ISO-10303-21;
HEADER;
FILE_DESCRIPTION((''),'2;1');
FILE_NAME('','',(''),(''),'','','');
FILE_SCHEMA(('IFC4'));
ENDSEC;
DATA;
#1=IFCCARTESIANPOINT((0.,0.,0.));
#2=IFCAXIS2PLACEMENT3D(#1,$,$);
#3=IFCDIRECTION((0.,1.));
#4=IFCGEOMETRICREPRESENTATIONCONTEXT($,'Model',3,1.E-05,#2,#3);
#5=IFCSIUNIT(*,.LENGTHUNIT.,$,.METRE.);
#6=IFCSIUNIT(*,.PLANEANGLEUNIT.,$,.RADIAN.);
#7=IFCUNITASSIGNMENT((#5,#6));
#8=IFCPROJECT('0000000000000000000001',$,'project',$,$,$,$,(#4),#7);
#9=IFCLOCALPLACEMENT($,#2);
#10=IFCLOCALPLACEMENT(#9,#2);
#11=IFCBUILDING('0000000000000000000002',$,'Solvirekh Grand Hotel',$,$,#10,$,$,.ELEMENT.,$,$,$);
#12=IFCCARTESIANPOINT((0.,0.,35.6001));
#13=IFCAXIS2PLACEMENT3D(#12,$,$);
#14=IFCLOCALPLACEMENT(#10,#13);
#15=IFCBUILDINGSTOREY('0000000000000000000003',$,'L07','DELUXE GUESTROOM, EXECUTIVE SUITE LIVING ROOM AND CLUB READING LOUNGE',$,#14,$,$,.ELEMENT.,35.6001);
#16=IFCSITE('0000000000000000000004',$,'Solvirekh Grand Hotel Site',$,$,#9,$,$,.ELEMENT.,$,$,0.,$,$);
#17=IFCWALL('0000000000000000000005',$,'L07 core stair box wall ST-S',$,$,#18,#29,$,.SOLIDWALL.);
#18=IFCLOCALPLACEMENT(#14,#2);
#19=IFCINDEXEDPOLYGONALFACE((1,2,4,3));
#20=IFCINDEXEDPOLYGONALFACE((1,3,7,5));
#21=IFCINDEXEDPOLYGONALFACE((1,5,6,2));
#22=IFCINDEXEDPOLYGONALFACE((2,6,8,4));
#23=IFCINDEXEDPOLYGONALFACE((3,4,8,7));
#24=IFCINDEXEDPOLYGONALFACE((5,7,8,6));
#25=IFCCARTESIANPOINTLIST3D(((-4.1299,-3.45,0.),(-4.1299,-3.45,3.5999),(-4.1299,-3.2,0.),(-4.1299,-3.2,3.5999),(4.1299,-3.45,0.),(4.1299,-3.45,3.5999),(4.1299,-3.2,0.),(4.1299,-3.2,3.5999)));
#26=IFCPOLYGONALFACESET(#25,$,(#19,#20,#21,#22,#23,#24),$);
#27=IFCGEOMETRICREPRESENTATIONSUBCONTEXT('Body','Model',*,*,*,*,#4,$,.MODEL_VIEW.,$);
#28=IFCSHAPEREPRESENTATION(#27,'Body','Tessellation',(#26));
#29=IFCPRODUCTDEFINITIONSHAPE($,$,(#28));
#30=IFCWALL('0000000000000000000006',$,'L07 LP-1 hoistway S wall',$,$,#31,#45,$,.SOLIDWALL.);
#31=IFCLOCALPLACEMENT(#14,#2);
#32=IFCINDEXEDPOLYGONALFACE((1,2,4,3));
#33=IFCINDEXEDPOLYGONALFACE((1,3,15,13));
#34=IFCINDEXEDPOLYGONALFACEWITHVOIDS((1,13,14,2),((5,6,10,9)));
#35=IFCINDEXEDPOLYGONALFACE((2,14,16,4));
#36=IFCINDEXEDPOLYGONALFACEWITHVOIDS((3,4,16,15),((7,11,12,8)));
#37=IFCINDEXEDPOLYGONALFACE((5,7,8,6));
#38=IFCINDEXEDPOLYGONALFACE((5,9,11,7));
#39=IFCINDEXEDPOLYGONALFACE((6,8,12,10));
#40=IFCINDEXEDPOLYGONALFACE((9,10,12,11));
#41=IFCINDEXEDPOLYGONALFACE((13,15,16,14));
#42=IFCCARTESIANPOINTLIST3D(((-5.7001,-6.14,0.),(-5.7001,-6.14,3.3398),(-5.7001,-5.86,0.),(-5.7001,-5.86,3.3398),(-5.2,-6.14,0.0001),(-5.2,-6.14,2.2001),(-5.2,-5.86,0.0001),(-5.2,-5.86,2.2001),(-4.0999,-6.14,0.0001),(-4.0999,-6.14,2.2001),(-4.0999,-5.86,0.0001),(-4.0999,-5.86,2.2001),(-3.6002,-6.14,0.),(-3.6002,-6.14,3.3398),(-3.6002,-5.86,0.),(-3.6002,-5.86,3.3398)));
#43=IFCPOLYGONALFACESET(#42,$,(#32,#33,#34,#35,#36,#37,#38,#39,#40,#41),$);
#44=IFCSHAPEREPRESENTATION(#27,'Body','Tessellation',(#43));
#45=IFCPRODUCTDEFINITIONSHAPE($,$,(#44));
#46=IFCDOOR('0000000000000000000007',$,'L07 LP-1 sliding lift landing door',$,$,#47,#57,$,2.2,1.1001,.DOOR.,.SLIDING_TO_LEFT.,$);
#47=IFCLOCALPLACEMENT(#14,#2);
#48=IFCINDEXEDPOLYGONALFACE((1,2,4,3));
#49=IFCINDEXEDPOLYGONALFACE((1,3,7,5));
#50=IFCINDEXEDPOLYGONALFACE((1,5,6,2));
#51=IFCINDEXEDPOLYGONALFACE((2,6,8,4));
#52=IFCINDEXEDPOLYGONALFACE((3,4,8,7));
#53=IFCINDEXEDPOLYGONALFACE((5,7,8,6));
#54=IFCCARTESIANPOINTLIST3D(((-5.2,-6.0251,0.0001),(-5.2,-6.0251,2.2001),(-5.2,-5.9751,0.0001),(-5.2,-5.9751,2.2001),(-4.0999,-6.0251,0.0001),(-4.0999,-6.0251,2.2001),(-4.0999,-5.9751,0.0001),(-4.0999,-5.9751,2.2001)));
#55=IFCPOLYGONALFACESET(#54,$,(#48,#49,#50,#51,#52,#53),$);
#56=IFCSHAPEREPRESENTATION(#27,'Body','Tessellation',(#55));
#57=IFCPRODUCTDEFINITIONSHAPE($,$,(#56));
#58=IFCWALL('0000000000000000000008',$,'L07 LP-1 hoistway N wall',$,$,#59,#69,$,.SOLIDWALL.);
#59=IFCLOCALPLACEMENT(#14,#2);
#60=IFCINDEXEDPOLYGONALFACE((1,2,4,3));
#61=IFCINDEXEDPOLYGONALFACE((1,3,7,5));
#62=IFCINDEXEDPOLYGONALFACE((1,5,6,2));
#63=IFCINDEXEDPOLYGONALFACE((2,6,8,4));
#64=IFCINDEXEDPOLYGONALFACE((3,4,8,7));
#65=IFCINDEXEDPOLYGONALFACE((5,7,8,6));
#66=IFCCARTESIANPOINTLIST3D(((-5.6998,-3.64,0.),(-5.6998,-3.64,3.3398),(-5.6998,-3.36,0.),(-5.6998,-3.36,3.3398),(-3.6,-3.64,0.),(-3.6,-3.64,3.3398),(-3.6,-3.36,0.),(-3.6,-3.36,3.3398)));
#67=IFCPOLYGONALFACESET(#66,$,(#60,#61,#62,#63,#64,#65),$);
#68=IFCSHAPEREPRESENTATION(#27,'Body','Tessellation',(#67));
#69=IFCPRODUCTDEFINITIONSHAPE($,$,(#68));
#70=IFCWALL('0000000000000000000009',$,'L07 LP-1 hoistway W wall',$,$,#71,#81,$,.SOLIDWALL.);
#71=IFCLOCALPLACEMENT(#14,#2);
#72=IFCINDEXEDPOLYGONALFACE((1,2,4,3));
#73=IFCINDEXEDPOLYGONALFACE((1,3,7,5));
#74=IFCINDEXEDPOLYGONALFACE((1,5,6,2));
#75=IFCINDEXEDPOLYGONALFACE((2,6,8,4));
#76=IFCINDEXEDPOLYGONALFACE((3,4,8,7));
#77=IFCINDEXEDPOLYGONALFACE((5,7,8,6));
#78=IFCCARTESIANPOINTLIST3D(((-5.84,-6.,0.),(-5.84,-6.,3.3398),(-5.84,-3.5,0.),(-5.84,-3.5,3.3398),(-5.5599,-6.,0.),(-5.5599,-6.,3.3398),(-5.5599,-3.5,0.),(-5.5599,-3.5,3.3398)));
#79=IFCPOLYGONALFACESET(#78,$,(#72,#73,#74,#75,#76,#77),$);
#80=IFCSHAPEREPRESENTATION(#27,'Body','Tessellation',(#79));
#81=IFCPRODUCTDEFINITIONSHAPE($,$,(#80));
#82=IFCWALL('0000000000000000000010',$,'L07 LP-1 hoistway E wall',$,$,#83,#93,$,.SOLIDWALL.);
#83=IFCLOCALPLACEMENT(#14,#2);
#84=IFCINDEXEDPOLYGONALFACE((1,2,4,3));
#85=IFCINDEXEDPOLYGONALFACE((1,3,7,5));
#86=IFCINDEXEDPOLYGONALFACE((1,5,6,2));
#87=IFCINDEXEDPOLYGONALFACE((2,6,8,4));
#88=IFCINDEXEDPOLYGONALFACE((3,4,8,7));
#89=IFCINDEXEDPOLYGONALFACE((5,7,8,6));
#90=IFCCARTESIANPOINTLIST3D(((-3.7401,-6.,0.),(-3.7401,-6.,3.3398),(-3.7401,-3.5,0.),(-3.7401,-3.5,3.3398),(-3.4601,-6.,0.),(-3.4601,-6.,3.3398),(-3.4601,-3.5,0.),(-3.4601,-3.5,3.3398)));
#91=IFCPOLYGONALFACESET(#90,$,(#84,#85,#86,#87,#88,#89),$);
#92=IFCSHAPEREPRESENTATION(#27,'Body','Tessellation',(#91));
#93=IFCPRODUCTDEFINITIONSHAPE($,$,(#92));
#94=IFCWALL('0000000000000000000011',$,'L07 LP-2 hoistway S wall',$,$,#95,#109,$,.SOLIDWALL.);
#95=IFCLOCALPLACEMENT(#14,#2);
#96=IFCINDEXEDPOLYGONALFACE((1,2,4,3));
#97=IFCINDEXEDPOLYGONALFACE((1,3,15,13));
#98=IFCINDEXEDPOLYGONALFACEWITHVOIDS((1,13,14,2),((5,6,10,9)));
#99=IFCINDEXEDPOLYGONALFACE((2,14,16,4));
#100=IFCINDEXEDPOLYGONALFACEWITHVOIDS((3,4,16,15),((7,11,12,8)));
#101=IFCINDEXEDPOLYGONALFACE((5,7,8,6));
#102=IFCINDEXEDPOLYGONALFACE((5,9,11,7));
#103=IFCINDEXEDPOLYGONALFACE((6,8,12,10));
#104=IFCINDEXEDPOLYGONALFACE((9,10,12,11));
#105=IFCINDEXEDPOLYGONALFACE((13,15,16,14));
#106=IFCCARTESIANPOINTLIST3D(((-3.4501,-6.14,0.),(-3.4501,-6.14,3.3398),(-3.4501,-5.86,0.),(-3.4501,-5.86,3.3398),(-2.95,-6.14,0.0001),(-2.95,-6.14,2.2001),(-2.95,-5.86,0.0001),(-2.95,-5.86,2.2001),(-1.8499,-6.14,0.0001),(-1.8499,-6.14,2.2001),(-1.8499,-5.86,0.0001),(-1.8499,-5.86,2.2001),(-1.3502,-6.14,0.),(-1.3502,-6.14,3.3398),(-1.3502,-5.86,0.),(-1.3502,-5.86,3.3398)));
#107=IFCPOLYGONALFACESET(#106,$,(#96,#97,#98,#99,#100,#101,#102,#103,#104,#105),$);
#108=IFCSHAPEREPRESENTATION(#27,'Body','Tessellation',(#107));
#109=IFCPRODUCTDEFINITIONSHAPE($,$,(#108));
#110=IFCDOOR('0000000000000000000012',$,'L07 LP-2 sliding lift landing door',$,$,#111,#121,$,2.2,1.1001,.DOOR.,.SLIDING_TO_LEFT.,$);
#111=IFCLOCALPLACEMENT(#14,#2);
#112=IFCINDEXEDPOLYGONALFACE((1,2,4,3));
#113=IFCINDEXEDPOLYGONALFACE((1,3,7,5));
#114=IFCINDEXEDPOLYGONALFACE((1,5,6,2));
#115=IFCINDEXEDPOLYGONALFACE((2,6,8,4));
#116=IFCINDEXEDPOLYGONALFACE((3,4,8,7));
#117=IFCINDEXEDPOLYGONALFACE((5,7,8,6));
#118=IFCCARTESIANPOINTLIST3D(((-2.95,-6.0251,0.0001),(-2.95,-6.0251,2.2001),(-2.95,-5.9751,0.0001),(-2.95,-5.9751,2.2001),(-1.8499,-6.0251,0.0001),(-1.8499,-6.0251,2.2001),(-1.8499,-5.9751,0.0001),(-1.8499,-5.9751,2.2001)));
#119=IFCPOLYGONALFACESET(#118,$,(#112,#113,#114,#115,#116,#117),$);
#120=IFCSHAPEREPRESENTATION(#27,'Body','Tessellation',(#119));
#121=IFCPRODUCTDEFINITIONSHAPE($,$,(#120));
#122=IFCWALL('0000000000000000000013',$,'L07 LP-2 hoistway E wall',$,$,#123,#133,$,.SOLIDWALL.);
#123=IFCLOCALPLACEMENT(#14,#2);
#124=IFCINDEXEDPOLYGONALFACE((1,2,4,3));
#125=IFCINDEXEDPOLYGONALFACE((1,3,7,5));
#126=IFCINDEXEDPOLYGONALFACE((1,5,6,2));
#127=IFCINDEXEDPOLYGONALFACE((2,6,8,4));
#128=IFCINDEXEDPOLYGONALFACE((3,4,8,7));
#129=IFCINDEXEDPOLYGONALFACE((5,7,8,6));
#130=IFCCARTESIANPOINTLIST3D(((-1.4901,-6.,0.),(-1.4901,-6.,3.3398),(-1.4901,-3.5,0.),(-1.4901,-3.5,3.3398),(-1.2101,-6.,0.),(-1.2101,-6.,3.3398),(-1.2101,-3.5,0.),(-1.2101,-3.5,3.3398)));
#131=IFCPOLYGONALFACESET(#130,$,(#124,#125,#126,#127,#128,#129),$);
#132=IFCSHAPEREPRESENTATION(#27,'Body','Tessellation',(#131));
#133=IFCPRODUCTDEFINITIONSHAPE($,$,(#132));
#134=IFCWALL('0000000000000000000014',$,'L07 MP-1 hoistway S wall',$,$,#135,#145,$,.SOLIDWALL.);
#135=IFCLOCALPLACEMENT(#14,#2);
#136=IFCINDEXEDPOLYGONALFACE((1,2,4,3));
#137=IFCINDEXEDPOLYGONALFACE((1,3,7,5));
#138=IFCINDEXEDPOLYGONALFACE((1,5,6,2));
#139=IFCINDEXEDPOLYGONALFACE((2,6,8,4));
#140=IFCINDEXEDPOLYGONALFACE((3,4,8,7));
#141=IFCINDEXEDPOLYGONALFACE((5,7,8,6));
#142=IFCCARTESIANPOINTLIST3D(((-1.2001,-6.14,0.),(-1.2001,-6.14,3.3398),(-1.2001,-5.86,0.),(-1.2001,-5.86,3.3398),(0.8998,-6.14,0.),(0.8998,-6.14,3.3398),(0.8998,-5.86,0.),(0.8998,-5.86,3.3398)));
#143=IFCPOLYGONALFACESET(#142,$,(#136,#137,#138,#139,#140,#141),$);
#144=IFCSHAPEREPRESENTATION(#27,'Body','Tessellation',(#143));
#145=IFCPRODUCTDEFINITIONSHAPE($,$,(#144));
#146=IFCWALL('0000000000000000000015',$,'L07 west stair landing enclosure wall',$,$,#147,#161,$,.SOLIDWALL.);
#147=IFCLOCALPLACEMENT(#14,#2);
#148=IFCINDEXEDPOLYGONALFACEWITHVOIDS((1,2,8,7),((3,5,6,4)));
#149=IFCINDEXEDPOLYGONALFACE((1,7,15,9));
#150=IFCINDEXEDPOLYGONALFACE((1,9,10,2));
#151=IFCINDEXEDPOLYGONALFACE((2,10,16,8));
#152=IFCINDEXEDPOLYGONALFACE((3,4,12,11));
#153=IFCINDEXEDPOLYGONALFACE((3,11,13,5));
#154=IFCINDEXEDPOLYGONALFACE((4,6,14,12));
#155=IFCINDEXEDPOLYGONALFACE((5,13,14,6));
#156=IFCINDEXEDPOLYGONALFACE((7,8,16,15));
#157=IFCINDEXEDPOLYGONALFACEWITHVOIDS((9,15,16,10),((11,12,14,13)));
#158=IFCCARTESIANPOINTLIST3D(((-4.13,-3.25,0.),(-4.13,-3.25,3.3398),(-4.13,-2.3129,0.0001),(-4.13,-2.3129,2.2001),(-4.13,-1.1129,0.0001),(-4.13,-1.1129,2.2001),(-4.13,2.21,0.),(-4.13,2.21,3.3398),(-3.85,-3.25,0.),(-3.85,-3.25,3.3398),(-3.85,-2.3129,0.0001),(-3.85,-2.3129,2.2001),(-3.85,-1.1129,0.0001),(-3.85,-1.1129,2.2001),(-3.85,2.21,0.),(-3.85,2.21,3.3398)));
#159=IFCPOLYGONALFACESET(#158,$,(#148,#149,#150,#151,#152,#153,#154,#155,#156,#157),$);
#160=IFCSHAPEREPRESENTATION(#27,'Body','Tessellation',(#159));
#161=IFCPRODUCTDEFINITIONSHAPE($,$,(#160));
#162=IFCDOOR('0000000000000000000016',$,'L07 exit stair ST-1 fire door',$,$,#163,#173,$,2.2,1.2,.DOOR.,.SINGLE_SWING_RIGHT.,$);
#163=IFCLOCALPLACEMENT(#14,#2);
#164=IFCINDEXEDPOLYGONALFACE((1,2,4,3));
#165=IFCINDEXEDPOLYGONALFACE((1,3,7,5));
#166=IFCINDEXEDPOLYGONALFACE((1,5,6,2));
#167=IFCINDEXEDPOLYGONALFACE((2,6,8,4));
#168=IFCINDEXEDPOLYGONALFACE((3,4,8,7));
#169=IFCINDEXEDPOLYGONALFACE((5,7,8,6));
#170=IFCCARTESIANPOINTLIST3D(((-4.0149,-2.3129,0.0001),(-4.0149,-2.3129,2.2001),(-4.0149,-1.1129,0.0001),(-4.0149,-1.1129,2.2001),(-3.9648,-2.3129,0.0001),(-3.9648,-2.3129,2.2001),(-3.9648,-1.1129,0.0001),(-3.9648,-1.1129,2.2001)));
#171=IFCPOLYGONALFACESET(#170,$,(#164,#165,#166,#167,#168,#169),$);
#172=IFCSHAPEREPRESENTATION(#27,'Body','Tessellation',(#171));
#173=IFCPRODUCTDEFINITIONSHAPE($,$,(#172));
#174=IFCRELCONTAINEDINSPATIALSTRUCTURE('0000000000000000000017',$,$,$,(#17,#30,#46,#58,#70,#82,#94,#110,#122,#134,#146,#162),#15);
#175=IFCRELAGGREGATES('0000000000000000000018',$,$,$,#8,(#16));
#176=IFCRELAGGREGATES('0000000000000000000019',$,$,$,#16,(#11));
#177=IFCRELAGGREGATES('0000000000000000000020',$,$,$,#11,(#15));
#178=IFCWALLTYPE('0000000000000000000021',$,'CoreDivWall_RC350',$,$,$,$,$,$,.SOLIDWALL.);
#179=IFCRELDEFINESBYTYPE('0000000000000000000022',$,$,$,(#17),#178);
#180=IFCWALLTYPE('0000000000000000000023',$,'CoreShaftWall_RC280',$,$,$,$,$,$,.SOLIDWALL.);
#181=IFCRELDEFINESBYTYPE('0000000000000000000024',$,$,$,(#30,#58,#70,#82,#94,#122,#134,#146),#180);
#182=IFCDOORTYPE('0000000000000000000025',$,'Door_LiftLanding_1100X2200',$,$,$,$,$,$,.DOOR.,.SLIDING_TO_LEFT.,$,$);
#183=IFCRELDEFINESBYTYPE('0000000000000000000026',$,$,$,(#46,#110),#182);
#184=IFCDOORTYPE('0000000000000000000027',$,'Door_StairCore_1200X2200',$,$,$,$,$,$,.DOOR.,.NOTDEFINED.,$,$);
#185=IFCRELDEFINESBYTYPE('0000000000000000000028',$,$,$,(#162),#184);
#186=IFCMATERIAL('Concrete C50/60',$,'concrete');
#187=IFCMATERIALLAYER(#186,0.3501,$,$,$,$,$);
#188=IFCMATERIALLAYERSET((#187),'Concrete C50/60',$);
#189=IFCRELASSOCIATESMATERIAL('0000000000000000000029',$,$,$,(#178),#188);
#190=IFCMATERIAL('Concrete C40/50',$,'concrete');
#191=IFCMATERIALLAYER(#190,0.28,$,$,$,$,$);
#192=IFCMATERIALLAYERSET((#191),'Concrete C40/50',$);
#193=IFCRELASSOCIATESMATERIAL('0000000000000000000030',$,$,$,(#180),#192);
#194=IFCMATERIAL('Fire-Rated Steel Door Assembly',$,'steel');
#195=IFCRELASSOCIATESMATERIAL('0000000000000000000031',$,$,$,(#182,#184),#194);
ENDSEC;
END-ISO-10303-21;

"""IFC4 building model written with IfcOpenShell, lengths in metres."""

from ifc_helpers import new_model, si_unit, direction, frame, frame_2d, origin, place, context, subcontext, project, spatial, rectangle, extrude, material, layer, layer_set, type_object, element, fill, save


model = new_model("IFC4")

# Units and contexts
model_context = context("Model", 3, precision=1e-05, world=origin(), true_north=direction((0.0, 1.0)))
body_context = subcontext(model_context, "Body", "Model", "MODEL_VIEW")
ifc_project = project(units=[si_unit("LENGTHUNIT", "METRE"), si_unit("PLANEANGLEUNIT", "RADIAN")], contexts=[model_context])

# Site, building, storey
site_placement = place(None, origin())
site = spatial("IfcSite", under=ifc_project, at=site_placement, Name="Solvirekh Grand Hotel Site", CompositionType="ELEMENT", RefElevation=0.0)
building_placement = place(site_placement, origin())
building = spatial("IfcBuilding", under=site, at=building_placement, Name="Solvirekh Grand Hotel", CompositionType="ELEMENT")
storey_placement = place(building_placement, frame((0.0, 0.0, 35.6001)))
storey = spatial("IfcBuildingStorey", under=building, at=storey_placement, Name="L07", Description="DELUXE GUESTROOM, EXECUTIVE SUITE LIVING ROOM AND CLUB READING LOUNGE", CompositionType="ELEMENT", Elevation=35.6001)

# Wall
ifc_material_1 = material(Name="Concrete C50/60", Category="concrete")
ifc_layer_1 = layer(ifc_material_1, 0.3501)
ifc_layer_set_1 = layer_set([ifc_layer_1], Name="Concrete C50/60")
wall_type_1 = type_object("IfcWallType", Name="CoreDivWall_RC350", PredefinedType="SOLIDWALL", material=ifc_layer_set_1)
wall_1_placement = place(storey_placement, frame((-4.1299, -3.325, 0.0), z_axis=(0.0, 0.0, 1.0), x_axis=(1.0, 0.0, 0.0)))
element("IfcWall", 1, at=wall_1_placement, inside=storey, type_object=wall_type_1, Name="L07 core stair box wall ST-S", PredefinedType="SOLIDWALL", context=body_context, shape_type="SweptSolid", body=[
    extrude(rectangle(XDim=8.2598, YDim=0.25, at=frame_2d((4.1299, 0.0))), origin(), (0.0, 0.0, 1.0), 3.5999),
])

# Wall, opening, door
ifc_material_2 = material(Name="Concrete C40/50", Category="concrete")
ifc_layer_2 = layer(ifc_material_2, 0.28)
ifc_layer_set_2 = layer_set([ifc_layer_2], Name="Concrete C40/50")
wall_type_2 = type_object("IfcWallType", Name="CoreShaftWall_RC280", PredefinedType="SOLIDWALL", material=ifc_layer_set_2)
wall_2_placement = place(storey_placement, frame((-5.7, -6.0, 0.0), z_axis=(0.0, 0.0, 1.0), x_axis=(1.0, 0.0, 0.0)))
wall_2 = element("IfcWall", 2, at=wall_2_placement, inside=storey, type_object=wall_type_2, Name="L07 LP-1 hoistway S wall", PredefinedType="SOLIDWALL", context=body_context, shape_type="SweptSolid", body=[
    extrude(rectangle(XDim=2.0999, YDim=0.28, at=frame_2d((1.0498, 0.0))), origin(), (0.0, 0.0, 1.0), 3.3398),
])
opening_1_placement = place(wall_2_placement, frame((0.5, 0.0, 0.0)))
opening_1 = element("IfcOpeningElement", 3, at=opening_1_placement, cuts=wall_2, PredefinedType="OPENING", context=body_context, shape_type="SweptSolid", body=[
    extrude(rectangle(XDim=1.1001, YDim=2.2, at=frame_2d((0.55, 1.1001))), frame((0.0, 0.1499, 0.0), z_axis=(0.0, -1.0, 0.0), x_axis=(1.0, 0.0, 0.0)), (0.0, 0.0, 1.0), 0.3),
])
ifc_material_3 = material(Name="Fire-Rated Steel Door Assembly", Category="steel")
door_type_1 = type_object("IfcDoorType", Name="Door_LiftLanding_1100X2200", OperationType="SLIDING_TO_LEFT", PredefinedType="DOOR", material=ifc_material_3)
door_1_placement = place(opening_1_placement, origin())
door_1 = element("IfcDoor", 4, at=door_1_placement, inside=storey, type_object=door_type_1, Name="L07 LP-1 sliding lift landing door", OperationType="SLIDING_TO_LEFT", OverallHeight=2.2, OverallWidth=1.1001, PredefinedType="DOOR", context=body_context, shape_type="SweptSolid", body=[
    extrude(rectangle(XDim=1.1001, YDim=2.2, at=frame_2d((0.55, 1.1001))), frame((0.0, 0.0249, 0.0), z_axis=(0.0, -1.0, 0.0), x_axis=(1.0, 0.0, 0.0)), (0.0, 0.0, 1.0), 0.05),
])
fill(opening_1, door_1)

# Walls
wall_3_placement = place(storey_placement, frame((-3.6001, -3.5, 0.0), z_axis=(0.0, 0.0, 1.0), x_axis=(-1.0, 0.0, 0.0)))
element("IfcWall", 5, at=wall_3_placement, inside=storey, type_object=wall_type_2, Name="L07 LP-1 hoistway N wall", PredefinedType="SOLIDWALL", context=body_context, shape_type="SweptSolid", body=[
    extrude(rectangle(XDim=2.0999, YDim=0.28, at=frame_2d((1.0498, 0.0))), origin(), (0.0, 0.0, 1.0), 3.3398),
])
for number, where, z_axis, x_axis, name in (
    (6, (-5.7, -3.5, 0.0), (0.0, 0.0, 1.0), (0.0, -1.0, 0.0), "L07 LP-1 hoistway W wall"),
    (7, (-3.6001, -6.0, 0.0), (0.0, 0.0, 1.0), (0.0, 1.0, 0.0), "L07 LP-1 hoistway E wall"),
):
    element("IfcWall", number, at=place(storey_placement, frame(where, z_axis=z_axis, x_axis=x_axis)), inside=storey, type_object=wall_type_2, Name=name, PredefinedType="SOLIDWALL", context=body_context, shape_type="SweptSolid", body=[
        extrude(rectangle(XDim=2.5, YDim=0.28, at=frame_2d((1.25, 0.0))), origin(), (0.0, 0.0, 1.0), 3.3398),
    ])

# Wall, opening, door
wall_4_placement = place(storey_placement, frame((-3.45, -6.0, 0.0), z_axis=(0.0, 0.0, 1.0), x_axis=(1.0, 0.0, 0.0)))
wall_4 = element("IfcWall", 8, at=wall_4_placement, inside=storey, type_object=wall_type_2, Name="L07 LP-2 hoistway S wall", PredefinedType="SOLIDWALL", context=body_context, shape_type="SweptSolid", body=[
    extrude(rectangle(XDim=2.0999, YDim=0.28, at=frame_2d((1.0498, 0.0))), origin(), (0.0, 0.0, 1.0), 3.3398),
])
opening_2_placement = place(wall_4_placement, frame((0.5, 0.0, 0.0)))
opening_2 = element("IfcOpeningElement", 9, at=opening_2_placement, cuts=wall_4, PredefinedType="OPENING", context=body_context, shape_type="SweptSolid", body=[
    extrude(rectangle(XDim=1.1001, YDim=2.2, at=frame_2d((0.55, 1.1001))), frame((0.0, 0.1499, 0.0), z_axis=(0.0, -1.0, 0.0), x_axis=(1.0, 0.0, 0.0)), (0.0, 0.0, 1.0), 0.3),
])
door_2_placement = place(opening_2_placement, origin())
door_2 = element("IfcDoor", 10, at=door_2_placement, inside=storey, type_object=door_type_1, Name="L07 LP-2 sliding lift landing door", OperationType="SLIDING_TO_LEFT", OverallHeight=2.2, OverallWidth=1.1001, PredefinedType="DOOR", context=body_context, shape_type="SweptSolid", body=[
    extrude(rectangle(XDim=1.1001, YDim=2.2, at=frame_2d((0.55, 1.1001))), frame((0.0, 0.0249, 0.0), z_axis=(0.0, -1.0, 0.0), x_axis=(1.0, 0.0, 0.0)), (0.0, 0.0, 1.0), 0.05),
])
fill(opening_2, door_2)

# Walls
wall_5_placement = place(storey_placement, frame((-1.3501, -6.0, 0.0), z_axis=(0.0, 0.0, 1.0), x_axis=(0.0, 1.0, 0.0)))
element("IfcWall", 11, at=wall_5_placement, inside=storey, type_object=wall_type_2, Name="L07 LP-2 hoistway E wall", PredefinedType="SOLIDWALL", context=body_context, shape_type="SweptSolid", body=[
    extrude(rectangle(XDim=2.5, YDim=0.28, at=frame_2d((1.25, 0.0))), origin(), (0.0, 0.0, 1.0), 3.3398),
])
wall_6_placement = place(storey_placement, frame((-1.2, -6.0, 0.0), z_axis=(0.0, 0.0, 1.0), x_axis=(1.0, 0.0, 0.0)))
element("IfcWall", 12, at=wall_6_placement, inside=storey, type_object=wall_type_2, Name="L07 MP-1 hoistway S wall", PredefinedType="SOLIDWALL", context=body_context, shape_type="SweptSolid", body=[
    extrude(rectangle(XDim=2.0999, YDim=0.28, at=frame_2d((1.0498, 0.0))), origin(), (0.0, 0.0, 1.0), 3.3398),
])

# Wall, opening, door
wall_7_placement = place(storey_placement, frame((-3.99, -3.25, 0.0), z_axis=(0.0, 0.0, 1.0), x_axis=(0.0, 1.0, 0.0)))
wall_7 = element("IfcWall", 13, at=wall_7_placement, inside=storey, type_object=wall_type_2, Name="L07 west stair landing enclosure wall", PredefinedType="SOLIDWALL", context=body_context, shape_type="SweptSolid", body=[
    extrude(rectangle(XDim=5.46, YDim=0.28, at=frame_2d((2.73, 0.0))), origin(), (0.0, 0.0, 1.0), 3.3398),
])
opening_3_placement = place(wall_7_placement, frame((0.937, 0.0, 0.0)))
opening_3 = element("IfcOpeningElement", 14, at=opening_3_placement, cuts=wall_7, PredefinedType="OPENING", context=body_context, shape_type="SweptSolid", body=[
    extrude(rectangle(XDim=1.2, YDim=2.2, at=frame_2d((0.6001, 1.1001))), frame((0.0, 0.1499, 0.0), z_axis=(0.0, -1.0, 0.0), x_axis=(1.0, 0.0, 0.0)), (0.0, 0.0, 1.0), 0.3),
])
door_type_2 = type_object("IfcDoorType", Name="Door_StairCore_1200X2200", OperationType="NOTDEFINED", PredefinedType="DOOR", material=ifc_material_3)
door_3_placement = place(opening_3_placement, origin())
door_3 = element("IfcDoor", 15, at=door_3_placement, inside=storey, type_object=door_type_2, Name="L07 exit stair ST-1 fire door", OperationType="SINGLE_SWING_RIGHT", OverallHeight=2.2, OverallWidth=1.2, PredefinedType="DOOR", context=body_context, shape_type="SweptSolid", body=[
    extrude(rectangle(XDim=1.2, YDim=2.2, at=frame_2d((0.6001, 1.1001))), frame((0.0, 0.0249, 0.0), z_axis=(0.0, -1.0, 0.0), x_axis=(1.0, 0.0, 0.0)), (0.0, 0.0, 1.0), 0.05),
])
fill(opening_3, door_3)

save(model, "model.ifc")
